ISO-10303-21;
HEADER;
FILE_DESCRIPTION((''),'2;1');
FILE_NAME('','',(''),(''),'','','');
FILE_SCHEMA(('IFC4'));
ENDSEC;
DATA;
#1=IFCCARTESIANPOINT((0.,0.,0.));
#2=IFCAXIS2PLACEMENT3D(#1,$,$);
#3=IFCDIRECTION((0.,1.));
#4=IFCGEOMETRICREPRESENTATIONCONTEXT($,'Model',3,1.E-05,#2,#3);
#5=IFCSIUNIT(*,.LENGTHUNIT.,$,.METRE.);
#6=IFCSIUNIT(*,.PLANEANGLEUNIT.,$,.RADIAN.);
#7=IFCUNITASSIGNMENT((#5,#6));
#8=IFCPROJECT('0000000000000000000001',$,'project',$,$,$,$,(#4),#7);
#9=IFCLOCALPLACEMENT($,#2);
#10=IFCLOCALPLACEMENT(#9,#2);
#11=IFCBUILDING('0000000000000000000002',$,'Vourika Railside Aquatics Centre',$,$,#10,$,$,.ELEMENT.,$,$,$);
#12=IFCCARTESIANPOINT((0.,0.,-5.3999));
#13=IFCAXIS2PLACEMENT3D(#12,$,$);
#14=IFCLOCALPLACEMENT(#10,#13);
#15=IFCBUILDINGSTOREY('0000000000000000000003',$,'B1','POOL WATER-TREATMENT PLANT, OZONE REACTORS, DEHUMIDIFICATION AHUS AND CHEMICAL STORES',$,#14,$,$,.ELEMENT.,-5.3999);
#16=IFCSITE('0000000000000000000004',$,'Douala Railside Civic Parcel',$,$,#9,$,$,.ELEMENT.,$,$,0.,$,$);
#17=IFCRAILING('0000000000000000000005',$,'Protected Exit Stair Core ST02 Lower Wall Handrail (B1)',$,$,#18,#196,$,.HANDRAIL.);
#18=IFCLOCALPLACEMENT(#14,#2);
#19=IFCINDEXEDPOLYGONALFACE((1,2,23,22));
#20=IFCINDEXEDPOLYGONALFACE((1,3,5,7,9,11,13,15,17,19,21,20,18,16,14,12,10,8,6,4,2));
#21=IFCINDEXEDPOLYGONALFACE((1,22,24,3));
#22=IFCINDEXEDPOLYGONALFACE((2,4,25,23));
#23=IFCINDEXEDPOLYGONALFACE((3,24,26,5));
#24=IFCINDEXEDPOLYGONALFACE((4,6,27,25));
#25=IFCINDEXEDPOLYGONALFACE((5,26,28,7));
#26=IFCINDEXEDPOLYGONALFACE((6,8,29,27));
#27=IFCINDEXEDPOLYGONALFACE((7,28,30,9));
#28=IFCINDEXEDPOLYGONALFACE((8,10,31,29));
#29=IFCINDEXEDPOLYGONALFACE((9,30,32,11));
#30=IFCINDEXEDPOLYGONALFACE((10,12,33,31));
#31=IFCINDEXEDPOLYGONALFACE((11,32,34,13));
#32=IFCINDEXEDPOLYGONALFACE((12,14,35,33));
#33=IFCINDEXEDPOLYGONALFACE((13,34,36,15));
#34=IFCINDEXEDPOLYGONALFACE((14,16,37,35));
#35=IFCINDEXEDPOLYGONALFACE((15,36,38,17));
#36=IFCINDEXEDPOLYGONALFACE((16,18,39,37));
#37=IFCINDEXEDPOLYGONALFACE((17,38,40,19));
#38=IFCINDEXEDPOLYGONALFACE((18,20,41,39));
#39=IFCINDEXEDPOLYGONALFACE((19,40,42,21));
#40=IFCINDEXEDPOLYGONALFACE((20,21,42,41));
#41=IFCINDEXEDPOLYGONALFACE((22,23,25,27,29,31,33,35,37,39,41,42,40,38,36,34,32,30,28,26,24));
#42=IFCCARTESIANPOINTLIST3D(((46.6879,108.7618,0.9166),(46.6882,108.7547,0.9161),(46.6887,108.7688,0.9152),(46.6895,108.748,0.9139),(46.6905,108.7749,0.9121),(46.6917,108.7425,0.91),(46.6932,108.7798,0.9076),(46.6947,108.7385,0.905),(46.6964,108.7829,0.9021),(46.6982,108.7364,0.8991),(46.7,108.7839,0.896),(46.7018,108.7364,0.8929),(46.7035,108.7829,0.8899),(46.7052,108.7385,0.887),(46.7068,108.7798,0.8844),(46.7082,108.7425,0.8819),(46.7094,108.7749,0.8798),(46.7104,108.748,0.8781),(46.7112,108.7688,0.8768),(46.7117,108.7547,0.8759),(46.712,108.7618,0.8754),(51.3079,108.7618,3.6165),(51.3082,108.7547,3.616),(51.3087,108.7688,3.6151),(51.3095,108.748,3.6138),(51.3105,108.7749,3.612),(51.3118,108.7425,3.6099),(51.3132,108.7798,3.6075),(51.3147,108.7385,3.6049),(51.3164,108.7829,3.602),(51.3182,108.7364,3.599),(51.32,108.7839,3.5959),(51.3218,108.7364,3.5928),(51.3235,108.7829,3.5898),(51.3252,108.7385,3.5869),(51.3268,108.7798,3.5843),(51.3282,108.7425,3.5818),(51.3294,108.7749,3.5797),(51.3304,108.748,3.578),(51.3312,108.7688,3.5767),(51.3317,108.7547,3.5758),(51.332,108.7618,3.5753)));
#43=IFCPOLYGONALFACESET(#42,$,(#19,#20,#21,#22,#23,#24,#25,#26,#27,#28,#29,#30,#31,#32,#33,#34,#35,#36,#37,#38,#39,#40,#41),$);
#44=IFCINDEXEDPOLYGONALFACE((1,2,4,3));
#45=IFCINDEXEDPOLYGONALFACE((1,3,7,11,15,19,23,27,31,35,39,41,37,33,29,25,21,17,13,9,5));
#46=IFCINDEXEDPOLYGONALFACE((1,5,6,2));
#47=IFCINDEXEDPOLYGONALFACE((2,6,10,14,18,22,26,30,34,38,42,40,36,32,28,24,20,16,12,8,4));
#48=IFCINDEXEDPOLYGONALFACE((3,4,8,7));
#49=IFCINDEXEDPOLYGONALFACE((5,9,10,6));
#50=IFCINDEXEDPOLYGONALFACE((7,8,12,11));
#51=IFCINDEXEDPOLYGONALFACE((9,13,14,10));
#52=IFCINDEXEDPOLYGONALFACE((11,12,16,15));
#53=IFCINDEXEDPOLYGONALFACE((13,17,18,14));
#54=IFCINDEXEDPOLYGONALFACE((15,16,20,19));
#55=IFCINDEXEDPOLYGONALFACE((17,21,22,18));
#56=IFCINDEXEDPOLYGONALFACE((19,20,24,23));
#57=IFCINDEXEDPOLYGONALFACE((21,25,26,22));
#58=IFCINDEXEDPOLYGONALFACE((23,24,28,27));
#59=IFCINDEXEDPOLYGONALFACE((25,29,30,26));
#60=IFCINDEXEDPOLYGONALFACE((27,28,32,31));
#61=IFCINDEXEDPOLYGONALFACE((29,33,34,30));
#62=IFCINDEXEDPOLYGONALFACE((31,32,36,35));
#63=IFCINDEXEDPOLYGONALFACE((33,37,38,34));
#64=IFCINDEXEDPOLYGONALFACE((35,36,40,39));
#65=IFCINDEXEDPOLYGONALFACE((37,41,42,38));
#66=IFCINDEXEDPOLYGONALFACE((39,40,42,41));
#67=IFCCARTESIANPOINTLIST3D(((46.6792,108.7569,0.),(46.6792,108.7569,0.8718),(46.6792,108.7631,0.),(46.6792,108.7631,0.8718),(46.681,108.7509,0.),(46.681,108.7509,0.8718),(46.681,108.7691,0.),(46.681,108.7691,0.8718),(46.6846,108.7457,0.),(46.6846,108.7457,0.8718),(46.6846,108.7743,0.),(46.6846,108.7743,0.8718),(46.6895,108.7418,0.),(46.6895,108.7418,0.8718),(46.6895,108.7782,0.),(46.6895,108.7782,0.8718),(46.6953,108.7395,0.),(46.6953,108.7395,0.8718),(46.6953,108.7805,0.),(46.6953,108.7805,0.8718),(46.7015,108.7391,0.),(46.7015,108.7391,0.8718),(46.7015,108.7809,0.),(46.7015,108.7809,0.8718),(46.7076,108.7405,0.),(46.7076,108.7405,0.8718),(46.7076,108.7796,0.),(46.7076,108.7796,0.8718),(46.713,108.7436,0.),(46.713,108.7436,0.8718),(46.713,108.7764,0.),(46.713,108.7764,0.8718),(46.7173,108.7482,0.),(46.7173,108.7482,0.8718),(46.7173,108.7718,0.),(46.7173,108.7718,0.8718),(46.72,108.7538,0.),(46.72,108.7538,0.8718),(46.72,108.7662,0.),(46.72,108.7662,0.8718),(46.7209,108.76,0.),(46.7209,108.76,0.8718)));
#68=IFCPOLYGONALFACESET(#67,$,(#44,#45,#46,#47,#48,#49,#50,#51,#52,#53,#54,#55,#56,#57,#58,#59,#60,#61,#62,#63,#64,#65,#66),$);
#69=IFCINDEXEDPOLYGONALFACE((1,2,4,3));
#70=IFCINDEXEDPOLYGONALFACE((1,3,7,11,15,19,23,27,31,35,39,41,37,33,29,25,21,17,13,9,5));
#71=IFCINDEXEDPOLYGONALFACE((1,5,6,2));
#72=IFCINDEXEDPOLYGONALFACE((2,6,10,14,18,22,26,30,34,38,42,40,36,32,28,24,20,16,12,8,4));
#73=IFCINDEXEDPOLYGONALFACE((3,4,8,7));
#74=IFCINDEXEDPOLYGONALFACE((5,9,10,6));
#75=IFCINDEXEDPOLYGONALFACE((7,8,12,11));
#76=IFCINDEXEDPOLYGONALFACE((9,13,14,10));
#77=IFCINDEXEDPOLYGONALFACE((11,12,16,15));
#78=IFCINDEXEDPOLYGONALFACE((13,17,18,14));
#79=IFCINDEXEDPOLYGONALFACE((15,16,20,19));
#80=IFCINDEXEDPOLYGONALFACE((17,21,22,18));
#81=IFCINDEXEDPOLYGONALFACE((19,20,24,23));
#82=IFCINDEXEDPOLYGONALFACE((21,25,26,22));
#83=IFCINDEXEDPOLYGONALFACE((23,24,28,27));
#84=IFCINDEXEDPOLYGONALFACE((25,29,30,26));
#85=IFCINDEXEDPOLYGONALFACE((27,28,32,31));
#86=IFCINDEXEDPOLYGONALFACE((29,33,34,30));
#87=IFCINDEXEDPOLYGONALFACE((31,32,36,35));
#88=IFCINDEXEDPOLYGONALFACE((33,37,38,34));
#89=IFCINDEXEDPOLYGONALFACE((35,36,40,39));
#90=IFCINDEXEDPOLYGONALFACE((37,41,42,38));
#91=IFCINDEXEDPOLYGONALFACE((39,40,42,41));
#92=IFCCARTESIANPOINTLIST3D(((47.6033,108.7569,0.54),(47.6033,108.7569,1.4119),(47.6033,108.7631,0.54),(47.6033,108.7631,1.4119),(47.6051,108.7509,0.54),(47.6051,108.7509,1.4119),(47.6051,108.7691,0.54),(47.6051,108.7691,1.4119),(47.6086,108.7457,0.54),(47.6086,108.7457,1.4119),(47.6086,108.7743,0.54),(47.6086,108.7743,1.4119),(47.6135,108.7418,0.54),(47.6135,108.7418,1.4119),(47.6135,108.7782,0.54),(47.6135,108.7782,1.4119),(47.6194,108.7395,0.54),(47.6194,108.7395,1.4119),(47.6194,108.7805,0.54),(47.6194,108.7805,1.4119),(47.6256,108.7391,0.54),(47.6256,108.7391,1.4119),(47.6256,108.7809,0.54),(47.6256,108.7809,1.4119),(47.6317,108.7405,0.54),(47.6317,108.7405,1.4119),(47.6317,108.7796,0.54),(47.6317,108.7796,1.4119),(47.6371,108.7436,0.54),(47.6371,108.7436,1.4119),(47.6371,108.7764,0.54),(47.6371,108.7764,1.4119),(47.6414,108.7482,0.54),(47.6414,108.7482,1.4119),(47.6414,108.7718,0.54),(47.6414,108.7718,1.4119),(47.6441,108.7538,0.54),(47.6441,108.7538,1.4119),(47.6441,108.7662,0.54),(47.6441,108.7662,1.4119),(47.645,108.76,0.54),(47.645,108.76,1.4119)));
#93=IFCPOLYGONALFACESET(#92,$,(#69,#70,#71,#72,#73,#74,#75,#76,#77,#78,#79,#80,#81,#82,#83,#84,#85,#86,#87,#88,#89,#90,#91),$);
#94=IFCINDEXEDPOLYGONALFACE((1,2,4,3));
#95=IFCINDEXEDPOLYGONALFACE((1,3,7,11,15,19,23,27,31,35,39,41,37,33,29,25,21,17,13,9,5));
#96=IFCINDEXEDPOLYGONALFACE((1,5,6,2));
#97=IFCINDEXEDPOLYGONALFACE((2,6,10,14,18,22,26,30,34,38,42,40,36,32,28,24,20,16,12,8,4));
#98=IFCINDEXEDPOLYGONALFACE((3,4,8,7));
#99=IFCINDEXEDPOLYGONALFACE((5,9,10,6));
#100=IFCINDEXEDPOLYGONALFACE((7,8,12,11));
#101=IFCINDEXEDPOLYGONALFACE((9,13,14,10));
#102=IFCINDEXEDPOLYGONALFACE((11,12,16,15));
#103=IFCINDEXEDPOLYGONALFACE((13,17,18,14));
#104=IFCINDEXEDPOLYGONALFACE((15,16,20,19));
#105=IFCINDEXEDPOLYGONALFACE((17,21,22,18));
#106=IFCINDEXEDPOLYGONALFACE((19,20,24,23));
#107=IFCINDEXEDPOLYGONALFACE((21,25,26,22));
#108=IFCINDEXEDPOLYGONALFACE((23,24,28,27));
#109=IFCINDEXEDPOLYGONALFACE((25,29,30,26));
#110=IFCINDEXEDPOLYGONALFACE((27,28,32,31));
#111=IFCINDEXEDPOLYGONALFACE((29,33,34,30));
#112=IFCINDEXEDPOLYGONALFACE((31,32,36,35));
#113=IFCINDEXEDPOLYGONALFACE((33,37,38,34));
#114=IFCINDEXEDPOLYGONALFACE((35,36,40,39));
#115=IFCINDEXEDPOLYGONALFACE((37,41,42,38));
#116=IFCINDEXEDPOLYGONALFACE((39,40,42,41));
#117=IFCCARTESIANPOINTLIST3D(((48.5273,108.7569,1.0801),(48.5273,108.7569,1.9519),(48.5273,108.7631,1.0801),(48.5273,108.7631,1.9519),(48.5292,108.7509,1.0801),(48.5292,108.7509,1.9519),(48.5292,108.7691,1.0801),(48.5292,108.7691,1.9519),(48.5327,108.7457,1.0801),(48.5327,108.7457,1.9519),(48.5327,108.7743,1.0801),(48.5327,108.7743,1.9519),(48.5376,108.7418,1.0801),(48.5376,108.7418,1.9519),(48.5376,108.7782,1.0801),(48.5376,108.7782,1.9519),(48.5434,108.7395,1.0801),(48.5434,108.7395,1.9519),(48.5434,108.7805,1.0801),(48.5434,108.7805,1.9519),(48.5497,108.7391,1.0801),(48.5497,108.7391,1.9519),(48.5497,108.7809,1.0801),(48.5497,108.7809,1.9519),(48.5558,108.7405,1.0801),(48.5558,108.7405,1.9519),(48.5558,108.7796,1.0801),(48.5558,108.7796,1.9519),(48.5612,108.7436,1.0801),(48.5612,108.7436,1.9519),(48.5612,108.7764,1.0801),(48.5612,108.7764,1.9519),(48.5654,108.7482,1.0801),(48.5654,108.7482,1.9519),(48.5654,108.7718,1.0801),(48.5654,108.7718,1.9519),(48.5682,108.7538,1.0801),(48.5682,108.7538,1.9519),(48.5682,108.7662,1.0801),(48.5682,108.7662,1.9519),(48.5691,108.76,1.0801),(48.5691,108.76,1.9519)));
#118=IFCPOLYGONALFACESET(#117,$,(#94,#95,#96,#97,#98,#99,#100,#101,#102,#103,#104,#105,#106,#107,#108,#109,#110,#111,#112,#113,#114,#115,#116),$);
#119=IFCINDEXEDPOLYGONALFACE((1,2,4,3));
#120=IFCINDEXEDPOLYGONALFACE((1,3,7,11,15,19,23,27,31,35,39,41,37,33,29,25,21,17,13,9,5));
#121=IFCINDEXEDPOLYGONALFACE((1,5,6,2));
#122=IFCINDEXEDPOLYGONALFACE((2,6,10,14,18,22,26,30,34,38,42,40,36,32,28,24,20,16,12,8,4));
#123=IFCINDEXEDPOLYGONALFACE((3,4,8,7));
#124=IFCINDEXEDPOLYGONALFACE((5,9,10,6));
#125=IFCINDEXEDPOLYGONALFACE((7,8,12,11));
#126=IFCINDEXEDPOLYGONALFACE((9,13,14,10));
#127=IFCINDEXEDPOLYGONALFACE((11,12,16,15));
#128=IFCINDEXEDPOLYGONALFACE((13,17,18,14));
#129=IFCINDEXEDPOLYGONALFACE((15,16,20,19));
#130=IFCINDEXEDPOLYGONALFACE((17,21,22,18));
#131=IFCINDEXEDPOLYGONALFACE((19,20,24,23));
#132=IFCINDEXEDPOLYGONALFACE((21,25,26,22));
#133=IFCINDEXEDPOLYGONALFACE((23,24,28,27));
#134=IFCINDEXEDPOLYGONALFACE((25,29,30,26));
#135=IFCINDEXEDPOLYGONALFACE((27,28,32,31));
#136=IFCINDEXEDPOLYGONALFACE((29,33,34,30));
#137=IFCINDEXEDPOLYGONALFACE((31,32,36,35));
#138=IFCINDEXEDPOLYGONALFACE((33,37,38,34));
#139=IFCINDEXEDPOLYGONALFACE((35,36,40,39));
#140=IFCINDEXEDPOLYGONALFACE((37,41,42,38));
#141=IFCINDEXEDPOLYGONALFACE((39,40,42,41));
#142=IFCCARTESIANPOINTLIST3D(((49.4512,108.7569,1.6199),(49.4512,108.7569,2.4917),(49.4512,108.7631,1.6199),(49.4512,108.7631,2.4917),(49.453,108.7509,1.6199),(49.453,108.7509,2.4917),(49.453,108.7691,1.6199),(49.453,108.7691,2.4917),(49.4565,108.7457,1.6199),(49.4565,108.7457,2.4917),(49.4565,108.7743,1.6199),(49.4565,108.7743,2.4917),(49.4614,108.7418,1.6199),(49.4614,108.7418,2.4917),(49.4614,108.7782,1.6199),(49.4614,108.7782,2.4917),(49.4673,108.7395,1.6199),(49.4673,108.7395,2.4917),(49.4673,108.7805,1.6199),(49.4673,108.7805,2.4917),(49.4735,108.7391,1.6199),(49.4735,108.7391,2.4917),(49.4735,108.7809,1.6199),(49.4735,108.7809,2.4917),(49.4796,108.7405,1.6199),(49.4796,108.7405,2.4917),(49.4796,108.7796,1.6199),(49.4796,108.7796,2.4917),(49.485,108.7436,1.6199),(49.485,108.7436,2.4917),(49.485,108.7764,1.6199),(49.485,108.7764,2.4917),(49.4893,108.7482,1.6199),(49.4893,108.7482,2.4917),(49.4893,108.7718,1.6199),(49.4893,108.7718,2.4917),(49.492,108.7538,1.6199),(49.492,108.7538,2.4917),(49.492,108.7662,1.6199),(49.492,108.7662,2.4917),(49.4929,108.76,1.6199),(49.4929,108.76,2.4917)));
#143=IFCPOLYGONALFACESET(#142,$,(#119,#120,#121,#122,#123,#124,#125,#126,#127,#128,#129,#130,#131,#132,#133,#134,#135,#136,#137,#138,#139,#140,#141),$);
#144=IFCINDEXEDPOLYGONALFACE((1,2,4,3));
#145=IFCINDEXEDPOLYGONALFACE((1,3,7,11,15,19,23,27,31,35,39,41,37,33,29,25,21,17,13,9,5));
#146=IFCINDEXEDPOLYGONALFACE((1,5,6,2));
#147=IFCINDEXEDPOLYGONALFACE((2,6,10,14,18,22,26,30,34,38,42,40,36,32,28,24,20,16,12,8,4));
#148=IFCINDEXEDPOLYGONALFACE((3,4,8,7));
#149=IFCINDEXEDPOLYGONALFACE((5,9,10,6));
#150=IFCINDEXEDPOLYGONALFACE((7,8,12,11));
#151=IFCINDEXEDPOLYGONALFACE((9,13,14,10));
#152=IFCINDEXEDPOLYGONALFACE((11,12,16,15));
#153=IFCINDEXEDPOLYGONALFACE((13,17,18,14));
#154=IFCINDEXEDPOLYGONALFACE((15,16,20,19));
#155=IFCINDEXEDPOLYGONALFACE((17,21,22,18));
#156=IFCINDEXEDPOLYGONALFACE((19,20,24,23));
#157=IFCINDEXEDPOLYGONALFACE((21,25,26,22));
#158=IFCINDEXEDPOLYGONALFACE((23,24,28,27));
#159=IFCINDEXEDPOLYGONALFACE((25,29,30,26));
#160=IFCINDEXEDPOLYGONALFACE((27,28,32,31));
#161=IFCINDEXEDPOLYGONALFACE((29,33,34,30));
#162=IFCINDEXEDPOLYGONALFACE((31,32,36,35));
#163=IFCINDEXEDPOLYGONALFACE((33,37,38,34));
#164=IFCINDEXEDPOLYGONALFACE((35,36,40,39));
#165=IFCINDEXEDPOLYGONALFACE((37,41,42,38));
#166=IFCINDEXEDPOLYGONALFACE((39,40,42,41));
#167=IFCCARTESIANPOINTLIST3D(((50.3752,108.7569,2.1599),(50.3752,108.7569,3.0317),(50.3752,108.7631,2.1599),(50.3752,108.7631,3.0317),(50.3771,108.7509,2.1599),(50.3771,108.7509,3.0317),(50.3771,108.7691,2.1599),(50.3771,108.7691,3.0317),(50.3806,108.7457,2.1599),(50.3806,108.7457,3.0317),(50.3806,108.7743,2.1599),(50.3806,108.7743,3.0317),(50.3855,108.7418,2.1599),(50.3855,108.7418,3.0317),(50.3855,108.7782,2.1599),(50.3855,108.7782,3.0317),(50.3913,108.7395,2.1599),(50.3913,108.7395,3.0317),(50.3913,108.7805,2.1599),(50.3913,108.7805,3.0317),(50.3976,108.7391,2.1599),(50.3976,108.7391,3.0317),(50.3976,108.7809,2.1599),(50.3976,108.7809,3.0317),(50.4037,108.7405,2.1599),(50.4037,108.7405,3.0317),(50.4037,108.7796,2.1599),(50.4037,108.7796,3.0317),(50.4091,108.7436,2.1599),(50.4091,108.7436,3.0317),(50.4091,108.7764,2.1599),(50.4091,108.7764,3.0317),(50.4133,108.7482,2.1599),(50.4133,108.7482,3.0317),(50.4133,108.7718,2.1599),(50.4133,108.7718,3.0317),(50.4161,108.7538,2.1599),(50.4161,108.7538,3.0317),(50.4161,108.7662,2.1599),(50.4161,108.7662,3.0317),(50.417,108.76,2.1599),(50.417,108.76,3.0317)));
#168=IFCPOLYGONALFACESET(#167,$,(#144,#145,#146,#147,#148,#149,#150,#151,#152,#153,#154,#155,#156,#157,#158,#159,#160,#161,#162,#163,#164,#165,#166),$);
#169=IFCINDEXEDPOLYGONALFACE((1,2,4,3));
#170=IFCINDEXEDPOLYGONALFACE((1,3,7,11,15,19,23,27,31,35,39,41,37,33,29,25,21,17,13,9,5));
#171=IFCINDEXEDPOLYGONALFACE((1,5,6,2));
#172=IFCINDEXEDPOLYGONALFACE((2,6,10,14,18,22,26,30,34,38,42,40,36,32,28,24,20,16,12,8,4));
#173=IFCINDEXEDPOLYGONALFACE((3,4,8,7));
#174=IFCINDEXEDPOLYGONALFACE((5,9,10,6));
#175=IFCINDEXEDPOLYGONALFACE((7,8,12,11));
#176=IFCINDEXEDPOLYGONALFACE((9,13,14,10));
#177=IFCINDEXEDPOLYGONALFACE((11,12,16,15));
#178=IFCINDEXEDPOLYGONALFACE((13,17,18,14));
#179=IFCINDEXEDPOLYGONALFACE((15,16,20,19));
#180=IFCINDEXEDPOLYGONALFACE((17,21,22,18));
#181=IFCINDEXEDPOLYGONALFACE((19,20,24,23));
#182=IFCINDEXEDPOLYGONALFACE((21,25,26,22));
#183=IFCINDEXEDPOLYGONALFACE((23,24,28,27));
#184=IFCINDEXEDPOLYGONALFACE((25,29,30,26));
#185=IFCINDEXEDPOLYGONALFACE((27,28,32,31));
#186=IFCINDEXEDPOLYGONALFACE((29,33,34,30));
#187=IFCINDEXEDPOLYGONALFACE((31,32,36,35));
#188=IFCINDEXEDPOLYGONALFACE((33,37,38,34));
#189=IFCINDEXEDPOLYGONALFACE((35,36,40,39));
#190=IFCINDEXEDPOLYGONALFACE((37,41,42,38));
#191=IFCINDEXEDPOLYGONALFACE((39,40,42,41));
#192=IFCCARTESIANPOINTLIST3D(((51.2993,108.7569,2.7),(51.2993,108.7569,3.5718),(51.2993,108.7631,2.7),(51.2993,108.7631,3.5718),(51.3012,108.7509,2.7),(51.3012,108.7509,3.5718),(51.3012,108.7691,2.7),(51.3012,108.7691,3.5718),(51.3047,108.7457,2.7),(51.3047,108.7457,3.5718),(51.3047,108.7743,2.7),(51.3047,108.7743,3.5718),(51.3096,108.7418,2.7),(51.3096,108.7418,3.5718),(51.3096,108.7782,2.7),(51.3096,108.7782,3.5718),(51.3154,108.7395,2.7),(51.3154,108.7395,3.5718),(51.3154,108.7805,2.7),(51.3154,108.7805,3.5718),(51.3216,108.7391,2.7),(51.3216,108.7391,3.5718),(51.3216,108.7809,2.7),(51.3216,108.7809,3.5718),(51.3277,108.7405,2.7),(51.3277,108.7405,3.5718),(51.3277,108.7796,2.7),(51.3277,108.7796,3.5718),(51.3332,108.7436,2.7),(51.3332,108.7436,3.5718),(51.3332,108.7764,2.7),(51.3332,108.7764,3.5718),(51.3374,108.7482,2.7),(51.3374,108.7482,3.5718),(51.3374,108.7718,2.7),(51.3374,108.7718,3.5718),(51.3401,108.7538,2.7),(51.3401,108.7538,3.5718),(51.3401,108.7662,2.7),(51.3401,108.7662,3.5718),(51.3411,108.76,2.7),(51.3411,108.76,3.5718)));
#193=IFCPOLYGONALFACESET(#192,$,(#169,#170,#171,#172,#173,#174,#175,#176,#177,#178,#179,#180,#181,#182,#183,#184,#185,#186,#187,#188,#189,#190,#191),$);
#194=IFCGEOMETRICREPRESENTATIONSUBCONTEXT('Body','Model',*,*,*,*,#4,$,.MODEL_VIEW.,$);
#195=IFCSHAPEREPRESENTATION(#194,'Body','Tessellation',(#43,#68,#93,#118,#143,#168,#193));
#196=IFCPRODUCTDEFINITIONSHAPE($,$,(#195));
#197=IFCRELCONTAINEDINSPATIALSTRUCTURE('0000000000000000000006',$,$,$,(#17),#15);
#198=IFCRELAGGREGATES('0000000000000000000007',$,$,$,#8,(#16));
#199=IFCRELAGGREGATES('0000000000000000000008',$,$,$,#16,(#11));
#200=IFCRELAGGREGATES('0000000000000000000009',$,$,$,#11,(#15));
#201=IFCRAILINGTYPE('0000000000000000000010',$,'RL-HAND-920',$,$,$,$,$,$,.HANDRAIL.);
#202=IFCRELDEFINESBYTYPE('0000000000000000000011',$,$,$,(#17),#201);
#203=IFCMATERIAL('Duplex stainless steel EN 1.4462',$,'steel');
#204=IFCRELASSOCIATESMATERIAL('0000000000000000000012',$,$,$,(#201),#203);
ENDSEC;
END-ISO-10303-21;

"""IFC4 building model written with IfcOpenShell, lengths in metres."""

from ifc_helpers import new_model, si_unit, direction, frame, origin, origin_2d, place, context, subcontext, project, spatial, circle, extrude, material, type_object, element, save


model = new_model("IFC4")

# Units and contexts
model_context = context("Model", 3, precision=1e-05, world=origin(), true_north=direction((0.0, 1.0)))
body_context = subcontext(model_context, "Body", "Model", "MODEL_VIEW")
ifc_project = project(units=[si_unit("LENGTHUNIT", "METRE"), si_unit("PLANEANGLEUNIT", "RADIAN")], contexts=[model_context])

# Site, building, storey
site_placement = place(None, origin())
site = spatial("IfcSite", under=ifc_project, at=site_placement, Name="Douala Railside Civic Parcel", CompositionType="ELEMENT", RefElevation=0.0)
building_placement = place(site_placement, origin())
building = spatial("IfcBuilding", under=site, at=building_placement, Name="Vourika Railside Aquatics Centre", CompositionType="ELEMENT")
storey_placement = place(building_placement, frame((0.0, 0.0, -5.3999)))
storey = spatial("IfcBuildingStorey", under=building, at=storey_placement, Name="B1", Description="POOL WATER-TREATMENT PLANT, OZONE REACTORS, DEHUMIDIFICATION AHUS AND CHEMICAL STORES", CompositionType="ELEMENT", Elevation=-5.3999)

# Railing
ifc_material_1 = material(Name="Duplex stainless steel EN 1.4462", Category="steel")
railing_type_1 = type_object("IfcRailingType", Name="RL-HAND-920", PredefinedType="HANDRAIL", material=ifc_material_1)
railing_1_placement = place(storey_placement, frame((46.7, 108.76, 0.0)))
element("IfcRailing", 1, at=railing_1_placement, inside=storey, type_object=railing_type_1, Name="Protected Exit Stair Core ST02 Lower Wall Handrail (B1)", PredefinedType="HANDRAIL", context=body_context, shape_type="SweptSolid", body=[
    extrude(circle(Radius=0.0239, at=origin_2d()), frame((0.0, 0.0, 0.896), z_axis=(0.863381, 0.0, 0.504552), x_axis=(0.0, 1.0, 0.0)), (0.0, 0.0, 1.0), 5.3511),
    extrude(circle(Radius=0.021, at=origin_2d()), origin(), (0.0, 0.0, 1.0), 0.8718),
    extrude(circle(Radius=0.021, at=origin_2d()), frame((0.9241, 0.0, 0.54)), (0.0, 0.0, 1.0), 0.8718),
    extrude(circle(Radius=0.021, at=origin_2d()), frame((1.8481, 0.0, 1.0801)), (0.0, 0.0, 1.0), 0.8718),
    extrude(circle(Radius=0.021, at=origin_2d()), frame((2.772, 0.0, 1.6199)), (0.0, 0.0, 1.0), 0.8718),
    extrude(circle(Radius=0.021, at=origin_2d()), frame((3.696, 0.0, 2.1599)), (0.0, 0.0, 1.0), 0.8718),
    extrude(circle(Radius=0.021, at=origin_2d()), frame((4.6201, 0.0, 2.7)), (0.0, 0.0, 1.0), 0.8718),
])

save(model, "model.ifc")
